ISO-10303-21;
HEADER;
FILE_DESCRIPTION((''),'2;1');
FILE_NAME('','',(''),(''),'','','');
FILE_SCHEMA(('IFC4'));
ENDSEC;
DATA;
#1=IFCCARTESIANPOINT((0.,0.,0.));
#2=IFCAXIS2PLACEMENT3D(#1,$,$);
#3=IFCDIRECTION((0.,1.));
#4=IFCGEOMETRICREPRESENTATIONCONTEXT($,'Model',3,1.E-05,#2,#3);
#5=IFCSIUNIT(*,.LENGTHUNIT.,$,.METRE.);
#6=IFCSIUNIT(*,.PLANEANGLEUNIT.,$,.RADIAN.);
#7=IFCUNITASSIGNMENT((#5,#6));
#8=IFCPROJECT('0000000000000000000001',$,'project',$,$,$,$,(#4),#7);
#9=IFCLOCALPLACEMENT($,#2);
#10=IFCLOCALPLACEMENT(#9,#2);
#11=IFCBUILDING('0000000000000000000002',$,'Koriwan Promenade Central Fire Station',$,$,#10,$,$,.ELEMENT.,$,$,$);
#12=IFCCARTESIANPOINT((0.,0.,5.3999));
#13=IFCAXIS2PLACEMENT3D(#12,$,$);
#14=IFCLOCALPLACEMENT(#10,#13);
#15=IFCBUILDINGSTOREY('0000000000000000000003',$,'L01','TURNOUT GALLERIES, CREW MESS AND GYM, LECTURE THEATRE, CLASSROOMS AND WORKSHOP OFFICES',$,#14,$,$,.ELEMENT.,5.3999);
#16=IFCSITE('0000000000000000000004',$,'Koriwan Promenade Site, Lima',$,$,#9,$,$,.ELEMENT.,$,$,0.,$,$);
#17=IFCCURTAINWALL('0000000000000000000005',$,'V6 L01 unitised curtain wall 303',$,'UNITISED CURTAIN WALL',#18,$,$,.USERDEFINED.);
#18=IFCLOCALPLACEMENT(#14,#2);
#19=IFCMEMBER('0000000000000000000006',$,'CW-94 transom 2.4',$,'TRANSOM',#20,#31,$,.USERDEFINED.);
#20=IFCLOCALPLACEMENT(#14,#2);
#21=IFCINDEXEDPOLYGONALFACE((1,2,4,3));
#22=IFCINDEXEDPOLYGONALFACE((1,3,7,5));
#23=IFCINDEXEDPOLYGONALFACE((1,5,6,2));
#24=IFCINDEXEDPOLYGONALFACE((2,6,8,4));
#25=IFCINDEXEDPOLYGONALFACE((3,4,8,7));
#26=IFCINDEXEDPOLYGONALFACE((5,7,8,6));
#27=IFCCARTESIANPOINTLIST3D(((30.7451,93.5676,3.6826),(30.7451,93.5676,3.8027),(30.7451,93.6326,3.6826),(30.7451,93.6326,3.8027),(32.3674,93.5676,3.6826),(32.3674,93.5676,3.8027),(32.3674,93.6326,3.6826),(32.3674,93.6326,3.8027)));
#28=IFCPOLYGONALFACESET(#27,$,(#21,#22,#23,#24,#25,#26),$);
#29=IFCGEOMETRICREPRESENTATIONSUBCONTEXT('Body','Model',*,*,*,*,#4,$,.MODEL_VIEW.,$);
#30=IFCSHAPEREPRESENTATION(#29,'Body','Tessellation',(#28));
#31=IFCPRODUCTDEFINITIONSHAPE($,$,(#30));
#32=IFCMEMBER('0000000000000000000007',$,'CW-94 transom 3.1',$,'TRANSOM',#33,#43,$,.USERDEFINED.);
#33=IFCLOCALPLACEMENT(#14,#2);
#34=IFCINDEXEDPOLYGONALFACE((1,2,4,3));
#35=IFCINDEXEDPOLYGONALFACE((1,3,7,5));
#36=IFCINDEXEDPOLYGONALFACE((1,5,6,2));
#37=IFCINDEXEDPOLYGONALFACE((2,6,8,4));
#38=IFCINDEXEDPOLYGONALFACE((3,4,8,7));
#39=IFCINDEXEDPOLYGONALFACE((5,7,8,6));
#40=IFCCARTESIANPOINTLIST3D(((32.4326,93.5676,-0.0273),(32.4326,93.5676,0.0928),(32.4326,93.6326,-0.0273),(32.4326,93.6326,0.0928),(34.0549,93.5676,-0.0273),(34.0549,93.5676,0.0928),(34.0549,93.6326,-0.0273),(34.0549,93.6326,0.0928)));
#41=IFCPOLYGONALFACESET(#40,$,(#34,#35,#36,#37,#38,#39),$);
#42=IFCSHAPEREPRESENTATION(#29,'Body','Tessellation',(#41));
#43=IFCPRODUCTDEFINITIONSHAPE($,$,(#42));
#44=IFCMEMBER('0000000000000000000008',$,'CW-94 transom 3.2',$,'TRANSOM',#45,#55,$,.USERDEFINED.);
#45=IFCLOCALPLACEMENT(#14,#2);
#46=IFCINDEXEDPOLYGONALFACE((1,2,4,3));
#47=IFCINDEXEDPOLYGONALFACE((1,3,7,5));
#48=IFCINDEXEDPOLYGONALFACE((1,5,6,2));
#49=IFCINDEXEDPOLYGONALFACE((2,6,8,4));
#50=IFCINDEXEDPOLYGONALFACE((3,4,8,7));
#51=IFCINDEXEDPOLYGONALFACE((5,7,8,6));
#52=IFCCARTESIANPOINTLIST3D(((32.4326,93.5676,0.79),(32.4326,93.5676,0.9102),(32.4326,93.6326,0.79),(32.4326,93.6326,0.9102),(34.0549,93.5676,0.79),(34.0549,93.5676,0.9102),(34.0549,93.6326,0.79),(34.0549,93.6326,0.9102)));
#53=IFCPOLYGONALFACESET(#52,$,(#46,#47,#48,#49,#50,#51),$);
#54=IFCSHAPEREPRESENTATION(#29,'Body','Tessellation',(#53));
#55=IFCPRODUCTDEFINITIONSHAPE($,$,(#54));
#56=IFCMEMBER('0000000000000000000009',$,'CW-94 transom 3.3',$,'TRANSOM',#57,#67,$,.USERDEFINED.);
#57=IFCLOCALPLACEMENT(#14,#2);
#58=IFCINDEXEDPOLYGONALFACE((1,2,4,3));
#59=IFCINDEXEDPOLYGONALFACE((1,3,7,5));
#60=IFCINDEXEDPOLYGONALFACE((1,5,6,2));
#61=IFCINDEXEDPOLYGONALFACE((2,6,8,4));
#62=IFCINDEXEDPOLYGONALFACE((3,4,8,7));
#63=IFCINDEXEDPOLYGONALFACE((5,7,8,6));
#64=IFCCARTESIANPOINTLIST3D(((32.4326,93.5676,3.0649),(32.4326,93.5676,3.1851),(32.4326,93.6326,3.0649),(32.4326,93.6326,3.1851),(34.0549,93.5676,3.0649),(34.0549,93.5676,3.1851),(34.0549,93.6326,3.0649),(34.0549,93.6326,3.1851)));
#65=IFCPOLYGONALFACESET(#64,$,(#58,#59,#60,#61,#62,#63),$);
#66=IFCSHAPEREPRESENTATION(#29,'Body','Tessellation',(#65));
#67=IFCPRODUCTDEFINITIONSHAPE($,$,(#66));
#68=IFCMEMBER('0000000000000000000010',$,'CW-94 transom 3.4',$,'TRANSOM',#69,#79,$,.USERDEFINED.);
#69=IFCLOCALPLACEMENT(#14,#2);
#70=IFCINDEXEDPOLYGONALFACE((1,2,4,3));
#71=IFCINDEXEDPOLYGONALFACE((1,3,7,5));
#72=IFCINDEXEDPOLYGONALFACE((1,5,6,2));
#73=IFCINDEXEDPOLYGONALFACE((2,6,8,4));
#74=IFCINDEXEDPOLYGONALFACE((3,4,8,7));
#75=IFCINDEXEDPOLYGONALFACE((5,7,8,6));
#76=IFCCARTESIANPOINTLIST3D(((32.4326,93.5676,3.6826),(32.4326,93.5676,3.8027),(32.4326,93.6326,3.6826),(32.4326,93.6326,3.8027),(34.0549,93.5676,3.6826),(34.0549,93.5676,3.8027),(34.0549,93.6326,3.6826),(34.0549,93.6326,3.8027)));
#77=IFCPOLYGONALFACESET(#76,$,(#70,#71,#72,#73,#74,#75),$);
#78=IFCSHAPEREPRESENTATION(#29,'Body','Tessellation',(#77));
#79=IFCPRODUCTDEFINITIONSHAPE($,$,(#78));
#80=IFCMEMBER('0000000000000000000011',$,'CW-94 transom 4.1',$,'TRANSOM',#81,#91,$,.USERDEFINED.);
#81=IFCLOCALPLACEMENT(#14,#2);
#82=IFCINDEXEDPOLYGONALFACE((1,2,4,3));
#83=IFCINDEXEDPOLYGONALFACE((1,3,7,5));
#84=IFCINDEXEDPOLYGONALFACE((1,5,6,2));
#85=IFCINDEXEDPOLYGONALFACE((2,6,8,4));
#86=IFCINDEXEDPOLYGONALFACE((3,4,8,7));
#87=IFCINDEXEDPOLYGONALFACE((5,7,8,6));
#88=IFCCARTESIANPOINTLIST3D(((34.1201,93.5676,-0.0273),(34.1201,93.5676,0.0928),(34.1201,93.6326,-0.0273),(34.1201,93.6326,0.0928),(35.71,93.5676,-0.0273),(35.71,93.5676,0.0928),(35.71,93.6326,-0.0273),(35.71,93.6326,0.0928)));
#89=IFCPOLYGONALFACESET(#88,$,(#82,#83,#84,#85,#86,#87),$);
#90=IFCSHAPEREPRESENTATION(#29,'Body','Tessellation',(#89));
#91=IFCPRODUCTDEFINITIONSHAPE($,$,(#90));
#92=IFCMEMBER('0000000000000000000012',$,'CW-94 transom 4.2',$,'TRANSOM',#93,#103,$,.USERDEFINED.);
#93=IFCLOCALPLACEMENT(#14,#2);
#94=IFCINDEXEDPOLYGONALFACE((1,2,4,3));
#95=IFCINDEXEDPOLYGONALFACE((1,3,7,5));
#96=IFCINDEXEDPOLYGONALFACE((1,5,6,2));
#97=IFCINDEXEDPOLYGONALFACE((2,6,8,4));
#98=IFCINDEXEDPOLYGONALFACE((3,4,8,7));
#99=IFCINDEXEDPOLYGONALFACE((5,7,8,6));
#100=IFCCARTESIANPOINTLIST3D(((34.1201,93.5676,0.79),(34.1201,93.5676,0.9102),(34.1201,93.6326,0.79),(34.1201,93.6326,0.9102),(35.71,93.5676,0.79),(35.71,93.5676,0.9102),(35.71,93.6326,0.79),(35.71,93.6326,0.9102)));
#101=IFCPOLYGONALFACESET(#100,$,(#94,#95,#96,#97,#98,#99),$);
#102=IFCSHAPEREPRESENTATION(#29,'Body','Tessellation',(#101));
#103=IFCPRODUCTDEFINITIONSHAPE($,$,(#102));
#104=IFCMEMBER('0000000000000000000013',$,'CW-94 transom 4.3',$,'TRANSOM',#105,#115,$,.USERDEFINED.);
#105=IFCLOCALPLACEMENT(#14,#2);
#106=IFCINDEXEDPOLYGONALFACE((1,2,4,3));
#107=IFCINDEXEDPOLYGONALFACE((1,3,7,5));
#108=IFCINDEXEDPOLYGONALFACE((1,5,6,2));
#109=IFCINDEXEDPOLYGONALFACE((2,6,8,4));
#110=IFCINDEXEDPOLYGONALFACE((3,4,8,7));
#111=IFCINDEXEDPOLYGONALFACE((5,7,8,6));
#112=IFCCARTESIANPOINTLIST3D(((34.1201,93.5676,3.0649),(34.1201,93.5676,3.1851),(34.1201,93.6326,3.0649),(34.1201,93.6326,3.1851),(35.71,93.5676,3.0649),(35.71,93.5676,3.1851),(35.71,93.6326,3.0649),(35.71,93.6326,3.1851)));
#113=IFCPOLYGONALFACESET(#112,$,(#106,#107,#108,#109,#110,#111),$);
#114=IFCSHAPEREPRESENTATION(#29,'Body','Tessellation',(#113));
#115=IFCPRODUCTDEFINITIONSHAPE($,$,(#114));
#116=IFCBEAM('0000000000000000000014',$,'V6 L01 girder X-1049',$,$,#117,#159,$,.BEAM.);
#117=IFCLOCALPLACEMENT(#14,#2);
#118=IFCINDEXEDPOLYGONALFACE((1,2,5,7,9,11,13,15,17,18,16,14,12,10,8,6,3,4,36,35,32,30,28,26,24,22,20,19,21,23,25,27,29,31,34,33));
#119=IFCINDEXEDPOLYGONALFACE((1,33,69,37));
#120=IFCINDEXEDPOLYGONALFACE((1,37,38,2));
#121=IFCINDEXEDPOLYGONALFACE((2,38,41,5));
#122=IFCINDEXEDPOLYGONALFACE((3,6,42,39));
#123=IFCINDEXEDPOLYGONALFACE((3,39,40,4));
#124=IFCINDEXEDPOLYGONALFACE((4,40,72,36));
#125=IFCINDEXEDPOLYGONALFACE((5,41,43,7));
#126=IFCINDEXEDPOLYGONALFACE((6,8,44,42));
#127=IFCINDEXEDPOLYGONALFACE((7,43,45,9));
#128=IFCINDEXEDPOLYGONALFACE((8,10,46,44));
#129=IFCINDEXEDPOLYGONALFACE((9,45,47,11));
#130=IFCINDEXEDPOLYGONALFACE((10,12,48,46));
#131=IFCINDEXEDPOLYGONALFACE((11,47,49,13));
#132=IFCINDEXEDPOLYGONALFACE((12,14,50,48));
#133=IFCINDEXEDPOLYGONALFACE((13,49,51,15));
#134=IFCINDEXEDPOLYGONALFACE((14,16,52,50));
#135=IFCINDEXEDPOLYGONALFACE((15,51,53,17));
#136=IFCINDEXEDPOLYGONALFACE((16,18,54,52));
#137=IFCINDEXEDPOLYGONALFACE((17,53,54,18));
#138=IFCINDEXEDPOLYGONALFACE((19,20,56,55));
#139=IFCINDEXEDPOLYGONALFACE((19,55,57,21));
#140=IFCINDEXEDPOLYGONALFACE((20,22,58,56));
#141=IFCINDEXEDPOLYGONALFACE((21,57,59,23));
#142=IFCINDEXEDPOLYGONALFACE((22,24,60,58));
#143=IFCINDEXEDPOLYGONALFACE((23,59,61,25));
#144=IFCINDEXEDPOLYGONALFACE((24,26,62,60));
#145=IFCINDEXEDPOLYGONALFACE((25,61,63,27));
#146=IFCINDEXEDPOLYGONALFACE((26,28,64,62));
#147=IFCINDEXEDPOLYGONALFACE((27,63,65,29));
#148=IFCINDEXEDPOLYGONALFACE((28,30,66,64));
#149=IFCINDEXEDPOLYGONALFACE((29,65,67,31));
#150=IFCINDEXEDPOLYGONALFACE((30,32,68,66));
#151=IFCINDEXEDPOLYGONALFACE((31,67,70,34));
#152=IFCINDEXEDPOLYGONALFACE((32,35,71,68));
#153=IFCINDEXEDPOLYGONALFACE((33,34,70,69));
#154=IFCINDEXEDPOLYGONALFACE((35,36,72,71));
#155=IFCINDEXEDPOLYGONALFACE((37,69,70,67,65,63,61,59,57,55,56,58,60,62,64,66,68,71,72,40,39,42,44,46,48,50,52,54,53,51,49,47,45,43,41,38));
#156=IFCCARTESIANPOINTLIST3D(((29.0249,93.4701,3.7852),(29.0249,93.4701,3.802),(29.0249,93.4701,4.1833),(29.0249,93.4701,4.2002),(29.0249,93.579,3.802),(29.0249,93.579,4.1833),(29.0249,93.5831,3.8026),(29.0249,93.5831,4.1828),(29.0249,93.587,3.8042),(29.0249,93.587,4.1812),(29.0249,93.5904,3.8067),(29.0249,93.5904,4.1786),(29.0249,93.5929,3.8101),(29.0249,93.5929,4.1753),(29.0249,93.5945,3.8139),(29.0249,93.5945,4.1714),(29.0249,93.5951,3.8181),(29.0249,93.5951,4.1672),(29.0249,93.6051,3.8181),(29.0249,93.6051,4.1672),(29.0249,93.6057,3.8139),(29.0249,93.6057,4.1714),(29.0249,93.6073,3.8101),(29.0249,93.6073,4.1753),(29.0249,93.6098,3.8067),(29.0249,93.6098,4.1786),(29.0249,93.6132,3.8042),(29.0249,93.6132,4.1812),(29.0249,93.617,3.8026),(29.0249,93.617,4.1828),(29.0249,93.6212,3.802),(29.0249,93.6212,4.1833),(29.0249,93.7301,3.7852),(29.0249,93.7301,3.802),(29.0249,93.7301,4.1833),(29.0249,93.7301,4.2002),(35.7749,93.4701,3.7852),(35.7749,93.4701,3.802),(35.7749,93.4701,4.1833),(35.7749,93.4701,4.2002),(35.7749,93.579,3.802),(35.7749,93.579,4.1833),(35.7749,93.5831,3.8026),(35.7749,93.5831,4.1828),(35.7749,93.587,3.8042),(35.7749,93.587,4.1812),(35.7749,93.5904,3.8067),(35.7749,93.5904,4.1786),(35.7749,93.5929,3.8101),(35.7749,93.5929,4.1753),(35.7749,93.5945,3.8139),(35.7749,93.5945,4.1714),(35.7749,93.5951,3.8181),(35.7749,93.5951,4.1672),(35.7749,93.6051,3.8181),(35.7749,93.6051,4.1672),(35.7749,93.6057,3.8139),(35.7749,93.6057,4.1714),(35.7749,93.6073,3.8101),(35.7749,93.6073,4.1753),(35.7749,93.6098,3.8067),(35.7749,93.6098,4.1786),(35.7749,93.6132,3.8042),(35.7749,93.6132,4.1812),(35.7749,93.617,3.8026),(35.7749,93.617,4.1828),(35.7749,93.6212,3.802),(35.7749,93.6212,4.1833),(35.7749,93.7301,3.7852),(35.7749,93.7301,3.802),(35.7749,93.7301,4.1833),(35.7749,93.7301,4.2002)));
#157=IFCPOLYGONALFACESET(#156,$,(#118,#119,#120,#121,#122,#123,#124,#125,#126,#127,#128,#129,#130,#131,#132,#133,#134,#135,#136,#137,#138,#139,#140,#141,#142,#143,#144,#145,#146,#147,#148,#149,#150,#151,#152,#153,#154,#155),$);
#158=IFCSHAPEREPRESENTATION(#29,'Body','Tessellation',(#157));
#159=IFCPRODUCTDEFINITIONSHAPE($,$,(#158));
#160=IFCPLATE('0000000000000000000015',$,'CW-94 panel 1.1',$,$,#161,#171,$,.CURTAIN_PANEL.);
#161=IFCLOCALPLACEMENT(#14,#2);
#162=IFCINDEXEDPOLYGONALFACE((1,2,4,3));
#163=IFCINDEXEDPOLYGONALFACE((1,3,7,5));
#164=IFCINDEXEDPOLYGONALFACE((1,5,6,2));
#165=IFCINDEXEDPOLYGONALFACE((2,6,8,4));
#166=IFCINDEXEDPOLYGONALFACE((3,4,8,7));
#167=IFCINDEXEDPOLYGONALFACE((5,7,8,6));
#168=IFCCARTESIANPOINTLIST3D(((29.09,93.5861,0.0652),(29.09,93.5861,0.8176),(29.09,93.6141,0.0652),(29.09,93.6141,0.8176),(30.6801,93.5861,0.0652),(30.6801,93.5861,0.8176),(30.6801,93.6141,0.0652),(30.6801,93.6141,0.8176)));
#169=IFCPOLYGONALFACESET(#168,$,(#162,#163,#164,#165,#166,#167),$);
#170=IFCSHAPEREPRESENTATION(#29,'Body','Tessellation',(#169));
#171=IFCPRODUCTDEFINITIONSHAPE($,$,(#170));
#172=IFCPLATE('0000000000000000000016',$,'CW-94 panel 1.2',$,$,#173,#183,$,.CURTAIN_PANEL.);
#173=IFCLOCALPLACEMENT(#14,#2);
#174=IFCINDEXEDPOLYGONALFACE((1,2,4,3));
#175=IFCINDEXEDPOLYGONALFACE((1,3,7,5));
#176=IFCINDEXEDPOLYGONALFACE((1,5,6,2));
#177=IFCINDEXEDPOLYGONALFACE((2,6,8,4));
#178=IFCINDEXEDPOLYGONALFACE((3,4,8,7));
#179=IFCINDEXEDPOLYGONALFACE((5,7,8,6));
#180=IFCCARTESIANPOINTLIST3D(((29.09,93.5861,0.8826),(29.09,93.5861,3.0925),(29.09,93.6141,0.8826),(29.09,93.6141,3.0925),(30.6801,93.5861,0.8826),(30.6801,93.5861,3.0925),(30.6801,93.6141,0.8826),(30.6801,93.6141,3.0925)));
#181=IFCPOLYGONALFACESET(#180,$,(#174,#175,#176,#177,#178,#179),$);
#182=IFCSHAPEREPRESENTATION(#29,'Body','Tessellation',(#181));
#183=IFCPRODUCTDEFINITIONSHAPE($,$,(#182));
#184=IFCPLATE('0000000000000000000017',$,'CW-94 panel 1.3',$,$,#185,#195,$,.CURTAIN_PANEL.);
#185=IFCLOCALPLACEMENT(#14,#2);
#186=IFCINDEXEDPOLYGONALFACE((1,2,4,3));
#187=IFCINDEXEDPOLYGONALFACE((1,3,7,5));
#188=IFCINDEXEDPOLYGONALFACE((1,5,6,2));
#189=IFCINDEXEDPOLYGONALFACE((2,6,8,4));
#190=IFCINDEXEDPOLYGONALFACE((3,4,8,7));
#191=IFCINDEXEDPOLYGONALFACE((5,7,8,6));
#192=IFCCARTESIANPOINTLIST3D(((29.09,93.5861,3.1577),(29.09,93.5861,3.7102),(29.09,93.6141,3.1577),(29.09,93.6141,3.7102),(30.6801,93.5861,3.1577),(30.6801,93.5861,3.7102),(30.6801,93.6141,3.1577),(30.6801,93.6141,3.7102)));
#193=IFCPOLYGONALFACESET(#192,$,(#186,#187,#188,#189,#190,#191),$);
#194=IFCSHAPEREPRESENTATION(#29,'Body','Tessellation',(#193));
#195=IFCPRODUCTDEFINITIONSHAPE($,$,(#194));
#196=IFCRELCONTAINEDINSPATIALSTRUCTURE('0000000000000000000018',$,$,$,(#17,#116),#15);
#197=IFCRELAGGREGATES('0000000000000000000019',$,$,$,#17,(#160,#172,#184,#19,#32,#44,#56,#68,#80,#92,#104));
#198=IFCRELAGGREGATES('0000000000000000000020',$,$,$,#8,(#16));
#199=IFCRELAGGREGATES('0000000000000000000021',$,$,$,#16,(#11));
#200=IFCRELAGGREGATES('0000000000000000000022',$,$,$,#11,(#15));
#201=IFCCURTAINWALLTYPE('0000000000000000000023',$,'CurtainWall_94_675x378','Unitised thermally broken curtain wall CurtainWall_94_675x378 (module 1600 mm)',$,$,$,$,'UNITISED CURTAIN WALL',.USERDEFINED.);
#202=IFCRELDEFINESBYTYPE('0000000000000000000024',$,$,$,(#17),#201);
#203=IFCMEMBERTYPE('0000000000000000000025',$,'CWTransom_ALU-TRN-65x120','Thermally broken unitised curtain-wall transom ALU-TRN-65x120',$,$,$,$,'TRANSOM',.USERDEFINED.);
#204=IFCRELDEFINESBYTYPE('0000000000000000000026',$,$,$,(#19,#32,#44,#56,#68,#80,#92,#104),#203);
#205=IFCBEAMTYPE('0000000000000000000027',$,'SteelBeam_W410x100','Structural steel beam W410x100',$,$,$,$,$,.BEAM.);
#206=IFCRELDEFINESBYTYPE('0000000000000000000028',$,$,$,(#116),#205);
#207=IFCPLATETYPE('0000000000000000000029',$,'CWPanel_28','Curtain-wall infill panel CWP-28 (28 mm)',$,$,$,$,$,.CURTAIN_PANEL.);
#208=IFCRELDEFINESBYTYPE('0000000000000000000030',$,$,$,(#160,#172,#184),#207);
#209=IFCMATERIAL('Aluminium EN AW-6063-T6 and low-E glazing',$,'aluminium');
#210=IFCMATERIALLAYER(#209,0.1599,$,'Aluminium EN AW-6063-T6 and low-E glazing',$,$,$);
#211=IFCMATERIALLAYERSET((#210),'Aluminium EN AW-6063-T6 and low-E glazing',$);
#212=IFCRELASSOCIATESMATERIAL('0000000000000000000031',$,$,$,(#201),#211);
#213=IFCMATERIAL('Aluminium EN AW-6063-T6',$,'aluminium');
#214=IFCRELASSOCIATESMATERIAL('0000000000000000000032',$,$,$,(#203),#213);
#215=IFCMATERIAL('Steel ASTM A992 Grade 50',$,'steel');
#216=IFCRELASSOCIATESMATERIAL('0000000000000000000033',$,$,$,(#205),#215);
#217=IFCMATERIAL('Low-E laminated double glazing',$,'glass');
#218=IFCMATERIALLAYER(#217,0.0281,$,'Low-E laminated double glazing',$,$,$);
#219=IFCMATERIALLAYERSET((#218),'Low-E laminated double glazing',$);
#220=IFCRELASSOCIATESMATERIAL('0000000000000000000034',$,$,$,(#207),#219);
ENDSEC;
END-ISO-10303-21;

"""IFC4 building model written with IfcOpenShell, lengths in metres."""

from ifc_helpers import new_model, si_unit, direction, frame, origin, origin_2d, place, context, subcontext, project, spatial, rectangle, i_section, extrude, material, layer, layer_set, material_profile, profile_set, type_object, element, aggregate, save


model = new_model("IFC4")

# Units and contexts
model_context = context("Model", 3, precision=1e-05, world=origin(), true_north=direction((0.0, 1.0)))
body_context = subcontext(model_context, "Body", "Model", "MODEL_VIEW")
ifc_project = project(units=[si_unit("LENGTHUNIT", "METRE"), si_unit("PLANEANGLEUNIT", "RADIAN")], contexts=[model_context])

# Site, building, storey
site_placement = place(None, origin())
site = spatial("IfcSite", under=ifc_project, at=site_placement, Name="Koriwan Promenade Site, Lima", CompositionType="ELEMENT", RefElevation=0.0)
building_placement = place(site_placement, origin())
building = spatial("IfcBuilding", under=site, at=building_placement, Name="Koriwan Promenade Central Fire Station", CompositionType="ELEMENT")
storey_placement = place(building_placement, frame((0.0, 0.0, 5.3999)))
storey = spatial("IfcBuildingStorey", under=building, at=storey_placement, Name="L01", Description="TURNOUT GALLERIES, CREW MESS AND GYM, LECTURE THEATRE, CLASSROOMS AND WORKSHOP OFFICES", CompositionType="ELEMENT", Elevation=5.3999)

# Curtain wall
ifc_material_1 = material(Name="Aluminium EN AW-6063-T6 and low-E glazing", Category="aluminium")
ifc_layer_1 = layer(ifc_material_1, 0.1599, Name="Aluminium EN AW-6063-T6 and low-E glazing")
ifc_layer_set_1 = layer_set([ifc_layer_1], Name="Aluminium EN AW-6063-T6 and low-E glazing")
curtain_wall_type_1 = type_object("IfcCurtainWallType", Name="CurtainWall_94_675x378", Description="Unitised thermally broken curtain wall CurtainWall_94_675x378 (module 1600 mm)", ElementType="UNITISED CURTAIN WALL", PredefinedType="USERDEFINED", material=ifc_layer_set_1)
curtain_wall_1_placement = place(storey_placement, origin())
curtain_wall_1 = element("IfcCurtainWall", 1, at=curtain_wall_1_placement, inside=storey, type_object=curtain_wall_type_1, Name="V6 L01 unitised curtain wall 303", ObjectType="UNITISED CURTAIN WALL", PredefinedType="USERDEFINED")
ifc_material_2 = material(Name="Aluminium EN AW-6063-T6", Category="aluminium")

# Members
ifc_material_profile_1 = material_profile(ifc_material_2, rectangle(XDim=0.0649, YDim=0.1201, at=origin_2d()), Name="ALU-TRN-65x120")
ifc_profile_set_1 = profile_set([ifc_material_profile_1], Name="Aluminium EN AW-6063-T6")
member_type_1 = type_object("IfcMemberType", Name="CWTransom_ALU-TRN-65x120", Description="Thermally broken unitised curtain-wall transom ALU-TRN-65x120", ElementType="TRANSOM", PredefinedType="USERDEFINED", material=ifc_profile_set_1)
member_1_placement = place(storey_placement, frame((30.7451, 93.6001, 3.7427), z_axis=(1.0, 0.0, 0.0), x_axis=(0.0, 1.0, 0.0)))
member_1 = element("IfcMember", 2, at=member_1_placement, type_object=member_type_1, Name="CW-94 transom 2.4", ObjectType="TRANSOM", PredefinedType="USERDEFINED", context=body_context, shape_type="SweptSolid", body=[
    extrude(rectangle(XDim=0.0649, YDim=0.1201, at=origin_2d()), origin(), (0.0, 0.0, 1.0), 1.6223),
])
member_2_placement = place(storey_placement, frame((32.4326, 93.6001, 0.0327), z_axis=(1.0, 0.0, 0.0), x_axis=(0.0, 1.0, 0.0)))
member_2 = element("IfcMember", 3, at=member_2_placement, type_object=member_type_1, Name="CW-94 transom 3.1", ObjectType="TRANSOM", PredefinedType="USERDEFINED", context=body_context, shape_type="SweptSolid", body=[
    extrude(rectangle(XDim=0.0649, YDim=0.1201, at=origin_2d()), origin(), (0.0, 0.0, 1.0), 1.6223),
])
member_3_placement = place(storey_placement, frame((32.4326, 93.6001, 0.8501), z_axis=(1.0, 0.0, 0.0), x_axis=(0.0, 1.0, 0.0)))
member_3 = element("IfcMember", 4, at=member_3_placement, type_object=member_type_1, Name="CW-94 transom 3.2", ObjectType="TRANSOM", PredefinedType="USERDEFINED", context=body_context, shape_type="SweptSolid", body=[
    extrude(rectangle(XDim=0.0649, YDim=0.1201, at=origin_2d()), origin(), (0.0, 0.0, 1.0), 1.6223),
])
member_4_placement = place(storey_placement, frame((32.4326, 93.6001, 3.125), z_axis=(1.0, 0.0, 0.0), x_axis=(0.0, 1.0, 0.0)))
member_4 = element("IfcMember", 5, at=member_4_placement, type_object=member_type_1, Name="CW-94 transom 3.3", ObjectType="TRANSOM", PredefinedType="USERDEFINED", context=body_context, shape_type="SweptSolid", body=[
    extrude(rectangle(XDim=0.0649, YDim=0.1201, at=origin_2d()), origin(), (0.0, 0.0, 1.0), 1.6223),
])
member_5_placement = place(storey_placement, frame((32.4326, 93.6001, 3.7427), z_axis=(1.0, 0.0, 0.0), x_axis=(0.0, 1.0, 0.0)))
member_5 = element("IfcMember", 6, at=member_5_placement, type_object=member_type_1, Name="CW-94 transom 3.4", ObjectType="TRANSOM", PredefinedType="USERDEFINED", context=body_context, shape_type="SweptSolid", body=[
    extrude(rectangle(XDim=0.0649, YDim=0.1201, at=origin_2d()), origin(), (0.0, 0.0, 1.0), 1.6223),
])
member_6_placement = place(storey_placement, frame((34.1201, 93.6001, 0.0327), z_axis=(1.0, 0.0, 0.0), x_axis=(0.0, 1.0, 0.0)))
member_6 = element("IfcMember", 7, at=member_6_placement, type_object=member_type_1, Name="CW-94 transom 4.1", ObjectType="TRANSOM", PredefinedType="USERDEFINED", context=body_context, shape_type="SweptSolid", body=[
    extrude(rectangle(XDim=0.0649, YDim=0.1201, at=origin_2d()), origin(), (0.0, 0.0, 1.0), 1.5898),
])
member_7_placement = place(storey_placement, frame((34.1201, 93.6001, 0.8501), z_axis=(1.0, 0.0, 0.0), x_axis=(0.0, 1.0, 0.0)))
member_7 = element("IfcMember", 8, at=member_7_placement, type_object=member_type_1, Name="CW-94 transom 4.2", ObjectType="TRANSOM", PredefinedType="USERDEFINED", context=body_context, shape_type="SweptSolid", body=[
    extrude(rectangle(XDim=0.0649, YDim=0.1201, at=origin_2d()), origin(), (0.0, 0.0, 1.0), 1.5898),
])
member_8_placement = place(storey_placement, frame((34.1201, 93.6001, 3.125), z_axis=(1.0, 0.0, 0.0), x_axis=(0.0, 1.0, 0.0)))
member_8 = element("IfcMember", 9, at=member_8_placement, type_object=member_type_1, Name="CW-94 transom 4.3", ObjectType="TRANSOM", PredefinedType="USERDEFINED", context=body_context, shape_type="SweptSolid", body=[
    extrude(rectangle(XDim=0.0649, YDim=0.1201, at=origin_2d()), origin(), (0.0, 0.0, 1.0), 1.5898),
])

# Beam
ifc_material_3 = material(Name="Steel ASTM A992 Grade 50", Category="steel")
ifc_material_profile_2 = material_profile(ifc_material_3, i_section(OverallWidth=0.26, OverallDepth=0.415, WebThickness=0.01, FlangeThickness=0.0168, FilletRadius=0.0161, at=origin_2d()), Name="W410x100")
ifc_profile_set_2 = profile_set([ifc_material_profile_2], Name="Steel ASTM A992 Grade 50")
beam_type = type_object("IfcBeamType", Name="SteelBeam_W410x100", Description="Structural steel beam W410x100", PredefinedType="BEAM", material=ifc_profile_set_2)
beam_placement = place(storey_placement, frame((29.0249, 93.6001, 3.9927), z_axis=(1.0, 0.0, 0.0), x_axis=(0.0, 1.0, 0.0)))
element("IfcBeam", 10, at=beam_placement, inside=storey, type_object=beam_type, Name="V6 L01 girder X-1049", PredefinedType="BEAM", context=body_context, shape_type="SweptSolid", body=[
    extrude(i_section(OverallWidth=0.26, OverallDepth=0.415, WebThickness=0.01, FlangeThickness=0.0168, FilletRadius=0.0161, at=origin_2d()), origin(), (0.0, 0.0, 1.0), 6.75),
])

# Plates
ifc_material_4 = material(Name="Low-E laminated double glazing", Category="glass")
ifc_layer_2 = layer(ifc_material_4, 0.0281, Name="Low-E laminated double glazing")
ifc_layer_set_2 = layer_set([ifc_layer_2], Name="Low-E laminated double glazing")
plate_type_1 = type_object("IfcPlateType", Name="CWPanel_28", Description="Curtain-wall infill panel CWP-28 (28 mm)", PredefinedType="CURTAIN_PANEL", material=ifc_layer_set_2)
plate_1_placement = place(storey_placement, frame((29.885, 93.6001, 0.0652), z_axis=(0.0, 0.0, 1.0), x_axis=(1.0, 0.0, 0.0)))
plate_1 = element("IfcPlate", 11, at=plate_1_placement, type_object=plate_type_1, Name="CW-94 panel 1.1", PredefinedType="CURTAIN_PANEL", context=body_context, shape_type="SweptSolid", body=[
    extrude(rectangle(XDim=1.5901, YDim=0.0281, at=origin_2d()), origin(), (0.0, 0.0, 1.0), 0.7524),
])
plate_2_placement = place(storey_placement, frame((29.885, 93.6001, 0.8826), z_axis=(0.0, 0.0, 1.0), x_axis=(1.0, 0.0, 0.0)))
plate_2 = element("IfcPlate", 12, at=plate_2_placement, type_object=plate_type_1, Name="CW-94 panel 1.2", PredefinedType="CURTAIN_PANEL", context=body_context, shape_type="SweptSolid", body=[
    extrude(rectangle(XDim=1.5901, YDim=0.0281, at=origin_2d()), origin(), (0.0, 0.0, 1.0), 2.21),
])
plate_3_placement = place(storey_placement, frame((29.885, 93.6001, 3.1577), z_axis=(0.0, 0.0, 1.0), x_axis=(1.0, 0.0, 0.0)))
plate_3 = element("IfcPlate", 13, at=plate_3_placement, type_object=plate_type_1, Name="CW-94 panel 1.3", PredefinedType="CURTAIN_PANEL", context=body_context, shape_type="SweptSolid", body=[
    extrude(rectangle(XDim=1.5901, YDim=0.0281, at=origin_2d()), origin(), (0.0, 0.0, 1.0), 0.5525),
])
aggregate(curtain_wall_1, [plate_1, plate_2, plate_3, member_1, member_2, member_3, member_4, member_5, member_6, member_7, member_8])

save(model, "model.ifc")
